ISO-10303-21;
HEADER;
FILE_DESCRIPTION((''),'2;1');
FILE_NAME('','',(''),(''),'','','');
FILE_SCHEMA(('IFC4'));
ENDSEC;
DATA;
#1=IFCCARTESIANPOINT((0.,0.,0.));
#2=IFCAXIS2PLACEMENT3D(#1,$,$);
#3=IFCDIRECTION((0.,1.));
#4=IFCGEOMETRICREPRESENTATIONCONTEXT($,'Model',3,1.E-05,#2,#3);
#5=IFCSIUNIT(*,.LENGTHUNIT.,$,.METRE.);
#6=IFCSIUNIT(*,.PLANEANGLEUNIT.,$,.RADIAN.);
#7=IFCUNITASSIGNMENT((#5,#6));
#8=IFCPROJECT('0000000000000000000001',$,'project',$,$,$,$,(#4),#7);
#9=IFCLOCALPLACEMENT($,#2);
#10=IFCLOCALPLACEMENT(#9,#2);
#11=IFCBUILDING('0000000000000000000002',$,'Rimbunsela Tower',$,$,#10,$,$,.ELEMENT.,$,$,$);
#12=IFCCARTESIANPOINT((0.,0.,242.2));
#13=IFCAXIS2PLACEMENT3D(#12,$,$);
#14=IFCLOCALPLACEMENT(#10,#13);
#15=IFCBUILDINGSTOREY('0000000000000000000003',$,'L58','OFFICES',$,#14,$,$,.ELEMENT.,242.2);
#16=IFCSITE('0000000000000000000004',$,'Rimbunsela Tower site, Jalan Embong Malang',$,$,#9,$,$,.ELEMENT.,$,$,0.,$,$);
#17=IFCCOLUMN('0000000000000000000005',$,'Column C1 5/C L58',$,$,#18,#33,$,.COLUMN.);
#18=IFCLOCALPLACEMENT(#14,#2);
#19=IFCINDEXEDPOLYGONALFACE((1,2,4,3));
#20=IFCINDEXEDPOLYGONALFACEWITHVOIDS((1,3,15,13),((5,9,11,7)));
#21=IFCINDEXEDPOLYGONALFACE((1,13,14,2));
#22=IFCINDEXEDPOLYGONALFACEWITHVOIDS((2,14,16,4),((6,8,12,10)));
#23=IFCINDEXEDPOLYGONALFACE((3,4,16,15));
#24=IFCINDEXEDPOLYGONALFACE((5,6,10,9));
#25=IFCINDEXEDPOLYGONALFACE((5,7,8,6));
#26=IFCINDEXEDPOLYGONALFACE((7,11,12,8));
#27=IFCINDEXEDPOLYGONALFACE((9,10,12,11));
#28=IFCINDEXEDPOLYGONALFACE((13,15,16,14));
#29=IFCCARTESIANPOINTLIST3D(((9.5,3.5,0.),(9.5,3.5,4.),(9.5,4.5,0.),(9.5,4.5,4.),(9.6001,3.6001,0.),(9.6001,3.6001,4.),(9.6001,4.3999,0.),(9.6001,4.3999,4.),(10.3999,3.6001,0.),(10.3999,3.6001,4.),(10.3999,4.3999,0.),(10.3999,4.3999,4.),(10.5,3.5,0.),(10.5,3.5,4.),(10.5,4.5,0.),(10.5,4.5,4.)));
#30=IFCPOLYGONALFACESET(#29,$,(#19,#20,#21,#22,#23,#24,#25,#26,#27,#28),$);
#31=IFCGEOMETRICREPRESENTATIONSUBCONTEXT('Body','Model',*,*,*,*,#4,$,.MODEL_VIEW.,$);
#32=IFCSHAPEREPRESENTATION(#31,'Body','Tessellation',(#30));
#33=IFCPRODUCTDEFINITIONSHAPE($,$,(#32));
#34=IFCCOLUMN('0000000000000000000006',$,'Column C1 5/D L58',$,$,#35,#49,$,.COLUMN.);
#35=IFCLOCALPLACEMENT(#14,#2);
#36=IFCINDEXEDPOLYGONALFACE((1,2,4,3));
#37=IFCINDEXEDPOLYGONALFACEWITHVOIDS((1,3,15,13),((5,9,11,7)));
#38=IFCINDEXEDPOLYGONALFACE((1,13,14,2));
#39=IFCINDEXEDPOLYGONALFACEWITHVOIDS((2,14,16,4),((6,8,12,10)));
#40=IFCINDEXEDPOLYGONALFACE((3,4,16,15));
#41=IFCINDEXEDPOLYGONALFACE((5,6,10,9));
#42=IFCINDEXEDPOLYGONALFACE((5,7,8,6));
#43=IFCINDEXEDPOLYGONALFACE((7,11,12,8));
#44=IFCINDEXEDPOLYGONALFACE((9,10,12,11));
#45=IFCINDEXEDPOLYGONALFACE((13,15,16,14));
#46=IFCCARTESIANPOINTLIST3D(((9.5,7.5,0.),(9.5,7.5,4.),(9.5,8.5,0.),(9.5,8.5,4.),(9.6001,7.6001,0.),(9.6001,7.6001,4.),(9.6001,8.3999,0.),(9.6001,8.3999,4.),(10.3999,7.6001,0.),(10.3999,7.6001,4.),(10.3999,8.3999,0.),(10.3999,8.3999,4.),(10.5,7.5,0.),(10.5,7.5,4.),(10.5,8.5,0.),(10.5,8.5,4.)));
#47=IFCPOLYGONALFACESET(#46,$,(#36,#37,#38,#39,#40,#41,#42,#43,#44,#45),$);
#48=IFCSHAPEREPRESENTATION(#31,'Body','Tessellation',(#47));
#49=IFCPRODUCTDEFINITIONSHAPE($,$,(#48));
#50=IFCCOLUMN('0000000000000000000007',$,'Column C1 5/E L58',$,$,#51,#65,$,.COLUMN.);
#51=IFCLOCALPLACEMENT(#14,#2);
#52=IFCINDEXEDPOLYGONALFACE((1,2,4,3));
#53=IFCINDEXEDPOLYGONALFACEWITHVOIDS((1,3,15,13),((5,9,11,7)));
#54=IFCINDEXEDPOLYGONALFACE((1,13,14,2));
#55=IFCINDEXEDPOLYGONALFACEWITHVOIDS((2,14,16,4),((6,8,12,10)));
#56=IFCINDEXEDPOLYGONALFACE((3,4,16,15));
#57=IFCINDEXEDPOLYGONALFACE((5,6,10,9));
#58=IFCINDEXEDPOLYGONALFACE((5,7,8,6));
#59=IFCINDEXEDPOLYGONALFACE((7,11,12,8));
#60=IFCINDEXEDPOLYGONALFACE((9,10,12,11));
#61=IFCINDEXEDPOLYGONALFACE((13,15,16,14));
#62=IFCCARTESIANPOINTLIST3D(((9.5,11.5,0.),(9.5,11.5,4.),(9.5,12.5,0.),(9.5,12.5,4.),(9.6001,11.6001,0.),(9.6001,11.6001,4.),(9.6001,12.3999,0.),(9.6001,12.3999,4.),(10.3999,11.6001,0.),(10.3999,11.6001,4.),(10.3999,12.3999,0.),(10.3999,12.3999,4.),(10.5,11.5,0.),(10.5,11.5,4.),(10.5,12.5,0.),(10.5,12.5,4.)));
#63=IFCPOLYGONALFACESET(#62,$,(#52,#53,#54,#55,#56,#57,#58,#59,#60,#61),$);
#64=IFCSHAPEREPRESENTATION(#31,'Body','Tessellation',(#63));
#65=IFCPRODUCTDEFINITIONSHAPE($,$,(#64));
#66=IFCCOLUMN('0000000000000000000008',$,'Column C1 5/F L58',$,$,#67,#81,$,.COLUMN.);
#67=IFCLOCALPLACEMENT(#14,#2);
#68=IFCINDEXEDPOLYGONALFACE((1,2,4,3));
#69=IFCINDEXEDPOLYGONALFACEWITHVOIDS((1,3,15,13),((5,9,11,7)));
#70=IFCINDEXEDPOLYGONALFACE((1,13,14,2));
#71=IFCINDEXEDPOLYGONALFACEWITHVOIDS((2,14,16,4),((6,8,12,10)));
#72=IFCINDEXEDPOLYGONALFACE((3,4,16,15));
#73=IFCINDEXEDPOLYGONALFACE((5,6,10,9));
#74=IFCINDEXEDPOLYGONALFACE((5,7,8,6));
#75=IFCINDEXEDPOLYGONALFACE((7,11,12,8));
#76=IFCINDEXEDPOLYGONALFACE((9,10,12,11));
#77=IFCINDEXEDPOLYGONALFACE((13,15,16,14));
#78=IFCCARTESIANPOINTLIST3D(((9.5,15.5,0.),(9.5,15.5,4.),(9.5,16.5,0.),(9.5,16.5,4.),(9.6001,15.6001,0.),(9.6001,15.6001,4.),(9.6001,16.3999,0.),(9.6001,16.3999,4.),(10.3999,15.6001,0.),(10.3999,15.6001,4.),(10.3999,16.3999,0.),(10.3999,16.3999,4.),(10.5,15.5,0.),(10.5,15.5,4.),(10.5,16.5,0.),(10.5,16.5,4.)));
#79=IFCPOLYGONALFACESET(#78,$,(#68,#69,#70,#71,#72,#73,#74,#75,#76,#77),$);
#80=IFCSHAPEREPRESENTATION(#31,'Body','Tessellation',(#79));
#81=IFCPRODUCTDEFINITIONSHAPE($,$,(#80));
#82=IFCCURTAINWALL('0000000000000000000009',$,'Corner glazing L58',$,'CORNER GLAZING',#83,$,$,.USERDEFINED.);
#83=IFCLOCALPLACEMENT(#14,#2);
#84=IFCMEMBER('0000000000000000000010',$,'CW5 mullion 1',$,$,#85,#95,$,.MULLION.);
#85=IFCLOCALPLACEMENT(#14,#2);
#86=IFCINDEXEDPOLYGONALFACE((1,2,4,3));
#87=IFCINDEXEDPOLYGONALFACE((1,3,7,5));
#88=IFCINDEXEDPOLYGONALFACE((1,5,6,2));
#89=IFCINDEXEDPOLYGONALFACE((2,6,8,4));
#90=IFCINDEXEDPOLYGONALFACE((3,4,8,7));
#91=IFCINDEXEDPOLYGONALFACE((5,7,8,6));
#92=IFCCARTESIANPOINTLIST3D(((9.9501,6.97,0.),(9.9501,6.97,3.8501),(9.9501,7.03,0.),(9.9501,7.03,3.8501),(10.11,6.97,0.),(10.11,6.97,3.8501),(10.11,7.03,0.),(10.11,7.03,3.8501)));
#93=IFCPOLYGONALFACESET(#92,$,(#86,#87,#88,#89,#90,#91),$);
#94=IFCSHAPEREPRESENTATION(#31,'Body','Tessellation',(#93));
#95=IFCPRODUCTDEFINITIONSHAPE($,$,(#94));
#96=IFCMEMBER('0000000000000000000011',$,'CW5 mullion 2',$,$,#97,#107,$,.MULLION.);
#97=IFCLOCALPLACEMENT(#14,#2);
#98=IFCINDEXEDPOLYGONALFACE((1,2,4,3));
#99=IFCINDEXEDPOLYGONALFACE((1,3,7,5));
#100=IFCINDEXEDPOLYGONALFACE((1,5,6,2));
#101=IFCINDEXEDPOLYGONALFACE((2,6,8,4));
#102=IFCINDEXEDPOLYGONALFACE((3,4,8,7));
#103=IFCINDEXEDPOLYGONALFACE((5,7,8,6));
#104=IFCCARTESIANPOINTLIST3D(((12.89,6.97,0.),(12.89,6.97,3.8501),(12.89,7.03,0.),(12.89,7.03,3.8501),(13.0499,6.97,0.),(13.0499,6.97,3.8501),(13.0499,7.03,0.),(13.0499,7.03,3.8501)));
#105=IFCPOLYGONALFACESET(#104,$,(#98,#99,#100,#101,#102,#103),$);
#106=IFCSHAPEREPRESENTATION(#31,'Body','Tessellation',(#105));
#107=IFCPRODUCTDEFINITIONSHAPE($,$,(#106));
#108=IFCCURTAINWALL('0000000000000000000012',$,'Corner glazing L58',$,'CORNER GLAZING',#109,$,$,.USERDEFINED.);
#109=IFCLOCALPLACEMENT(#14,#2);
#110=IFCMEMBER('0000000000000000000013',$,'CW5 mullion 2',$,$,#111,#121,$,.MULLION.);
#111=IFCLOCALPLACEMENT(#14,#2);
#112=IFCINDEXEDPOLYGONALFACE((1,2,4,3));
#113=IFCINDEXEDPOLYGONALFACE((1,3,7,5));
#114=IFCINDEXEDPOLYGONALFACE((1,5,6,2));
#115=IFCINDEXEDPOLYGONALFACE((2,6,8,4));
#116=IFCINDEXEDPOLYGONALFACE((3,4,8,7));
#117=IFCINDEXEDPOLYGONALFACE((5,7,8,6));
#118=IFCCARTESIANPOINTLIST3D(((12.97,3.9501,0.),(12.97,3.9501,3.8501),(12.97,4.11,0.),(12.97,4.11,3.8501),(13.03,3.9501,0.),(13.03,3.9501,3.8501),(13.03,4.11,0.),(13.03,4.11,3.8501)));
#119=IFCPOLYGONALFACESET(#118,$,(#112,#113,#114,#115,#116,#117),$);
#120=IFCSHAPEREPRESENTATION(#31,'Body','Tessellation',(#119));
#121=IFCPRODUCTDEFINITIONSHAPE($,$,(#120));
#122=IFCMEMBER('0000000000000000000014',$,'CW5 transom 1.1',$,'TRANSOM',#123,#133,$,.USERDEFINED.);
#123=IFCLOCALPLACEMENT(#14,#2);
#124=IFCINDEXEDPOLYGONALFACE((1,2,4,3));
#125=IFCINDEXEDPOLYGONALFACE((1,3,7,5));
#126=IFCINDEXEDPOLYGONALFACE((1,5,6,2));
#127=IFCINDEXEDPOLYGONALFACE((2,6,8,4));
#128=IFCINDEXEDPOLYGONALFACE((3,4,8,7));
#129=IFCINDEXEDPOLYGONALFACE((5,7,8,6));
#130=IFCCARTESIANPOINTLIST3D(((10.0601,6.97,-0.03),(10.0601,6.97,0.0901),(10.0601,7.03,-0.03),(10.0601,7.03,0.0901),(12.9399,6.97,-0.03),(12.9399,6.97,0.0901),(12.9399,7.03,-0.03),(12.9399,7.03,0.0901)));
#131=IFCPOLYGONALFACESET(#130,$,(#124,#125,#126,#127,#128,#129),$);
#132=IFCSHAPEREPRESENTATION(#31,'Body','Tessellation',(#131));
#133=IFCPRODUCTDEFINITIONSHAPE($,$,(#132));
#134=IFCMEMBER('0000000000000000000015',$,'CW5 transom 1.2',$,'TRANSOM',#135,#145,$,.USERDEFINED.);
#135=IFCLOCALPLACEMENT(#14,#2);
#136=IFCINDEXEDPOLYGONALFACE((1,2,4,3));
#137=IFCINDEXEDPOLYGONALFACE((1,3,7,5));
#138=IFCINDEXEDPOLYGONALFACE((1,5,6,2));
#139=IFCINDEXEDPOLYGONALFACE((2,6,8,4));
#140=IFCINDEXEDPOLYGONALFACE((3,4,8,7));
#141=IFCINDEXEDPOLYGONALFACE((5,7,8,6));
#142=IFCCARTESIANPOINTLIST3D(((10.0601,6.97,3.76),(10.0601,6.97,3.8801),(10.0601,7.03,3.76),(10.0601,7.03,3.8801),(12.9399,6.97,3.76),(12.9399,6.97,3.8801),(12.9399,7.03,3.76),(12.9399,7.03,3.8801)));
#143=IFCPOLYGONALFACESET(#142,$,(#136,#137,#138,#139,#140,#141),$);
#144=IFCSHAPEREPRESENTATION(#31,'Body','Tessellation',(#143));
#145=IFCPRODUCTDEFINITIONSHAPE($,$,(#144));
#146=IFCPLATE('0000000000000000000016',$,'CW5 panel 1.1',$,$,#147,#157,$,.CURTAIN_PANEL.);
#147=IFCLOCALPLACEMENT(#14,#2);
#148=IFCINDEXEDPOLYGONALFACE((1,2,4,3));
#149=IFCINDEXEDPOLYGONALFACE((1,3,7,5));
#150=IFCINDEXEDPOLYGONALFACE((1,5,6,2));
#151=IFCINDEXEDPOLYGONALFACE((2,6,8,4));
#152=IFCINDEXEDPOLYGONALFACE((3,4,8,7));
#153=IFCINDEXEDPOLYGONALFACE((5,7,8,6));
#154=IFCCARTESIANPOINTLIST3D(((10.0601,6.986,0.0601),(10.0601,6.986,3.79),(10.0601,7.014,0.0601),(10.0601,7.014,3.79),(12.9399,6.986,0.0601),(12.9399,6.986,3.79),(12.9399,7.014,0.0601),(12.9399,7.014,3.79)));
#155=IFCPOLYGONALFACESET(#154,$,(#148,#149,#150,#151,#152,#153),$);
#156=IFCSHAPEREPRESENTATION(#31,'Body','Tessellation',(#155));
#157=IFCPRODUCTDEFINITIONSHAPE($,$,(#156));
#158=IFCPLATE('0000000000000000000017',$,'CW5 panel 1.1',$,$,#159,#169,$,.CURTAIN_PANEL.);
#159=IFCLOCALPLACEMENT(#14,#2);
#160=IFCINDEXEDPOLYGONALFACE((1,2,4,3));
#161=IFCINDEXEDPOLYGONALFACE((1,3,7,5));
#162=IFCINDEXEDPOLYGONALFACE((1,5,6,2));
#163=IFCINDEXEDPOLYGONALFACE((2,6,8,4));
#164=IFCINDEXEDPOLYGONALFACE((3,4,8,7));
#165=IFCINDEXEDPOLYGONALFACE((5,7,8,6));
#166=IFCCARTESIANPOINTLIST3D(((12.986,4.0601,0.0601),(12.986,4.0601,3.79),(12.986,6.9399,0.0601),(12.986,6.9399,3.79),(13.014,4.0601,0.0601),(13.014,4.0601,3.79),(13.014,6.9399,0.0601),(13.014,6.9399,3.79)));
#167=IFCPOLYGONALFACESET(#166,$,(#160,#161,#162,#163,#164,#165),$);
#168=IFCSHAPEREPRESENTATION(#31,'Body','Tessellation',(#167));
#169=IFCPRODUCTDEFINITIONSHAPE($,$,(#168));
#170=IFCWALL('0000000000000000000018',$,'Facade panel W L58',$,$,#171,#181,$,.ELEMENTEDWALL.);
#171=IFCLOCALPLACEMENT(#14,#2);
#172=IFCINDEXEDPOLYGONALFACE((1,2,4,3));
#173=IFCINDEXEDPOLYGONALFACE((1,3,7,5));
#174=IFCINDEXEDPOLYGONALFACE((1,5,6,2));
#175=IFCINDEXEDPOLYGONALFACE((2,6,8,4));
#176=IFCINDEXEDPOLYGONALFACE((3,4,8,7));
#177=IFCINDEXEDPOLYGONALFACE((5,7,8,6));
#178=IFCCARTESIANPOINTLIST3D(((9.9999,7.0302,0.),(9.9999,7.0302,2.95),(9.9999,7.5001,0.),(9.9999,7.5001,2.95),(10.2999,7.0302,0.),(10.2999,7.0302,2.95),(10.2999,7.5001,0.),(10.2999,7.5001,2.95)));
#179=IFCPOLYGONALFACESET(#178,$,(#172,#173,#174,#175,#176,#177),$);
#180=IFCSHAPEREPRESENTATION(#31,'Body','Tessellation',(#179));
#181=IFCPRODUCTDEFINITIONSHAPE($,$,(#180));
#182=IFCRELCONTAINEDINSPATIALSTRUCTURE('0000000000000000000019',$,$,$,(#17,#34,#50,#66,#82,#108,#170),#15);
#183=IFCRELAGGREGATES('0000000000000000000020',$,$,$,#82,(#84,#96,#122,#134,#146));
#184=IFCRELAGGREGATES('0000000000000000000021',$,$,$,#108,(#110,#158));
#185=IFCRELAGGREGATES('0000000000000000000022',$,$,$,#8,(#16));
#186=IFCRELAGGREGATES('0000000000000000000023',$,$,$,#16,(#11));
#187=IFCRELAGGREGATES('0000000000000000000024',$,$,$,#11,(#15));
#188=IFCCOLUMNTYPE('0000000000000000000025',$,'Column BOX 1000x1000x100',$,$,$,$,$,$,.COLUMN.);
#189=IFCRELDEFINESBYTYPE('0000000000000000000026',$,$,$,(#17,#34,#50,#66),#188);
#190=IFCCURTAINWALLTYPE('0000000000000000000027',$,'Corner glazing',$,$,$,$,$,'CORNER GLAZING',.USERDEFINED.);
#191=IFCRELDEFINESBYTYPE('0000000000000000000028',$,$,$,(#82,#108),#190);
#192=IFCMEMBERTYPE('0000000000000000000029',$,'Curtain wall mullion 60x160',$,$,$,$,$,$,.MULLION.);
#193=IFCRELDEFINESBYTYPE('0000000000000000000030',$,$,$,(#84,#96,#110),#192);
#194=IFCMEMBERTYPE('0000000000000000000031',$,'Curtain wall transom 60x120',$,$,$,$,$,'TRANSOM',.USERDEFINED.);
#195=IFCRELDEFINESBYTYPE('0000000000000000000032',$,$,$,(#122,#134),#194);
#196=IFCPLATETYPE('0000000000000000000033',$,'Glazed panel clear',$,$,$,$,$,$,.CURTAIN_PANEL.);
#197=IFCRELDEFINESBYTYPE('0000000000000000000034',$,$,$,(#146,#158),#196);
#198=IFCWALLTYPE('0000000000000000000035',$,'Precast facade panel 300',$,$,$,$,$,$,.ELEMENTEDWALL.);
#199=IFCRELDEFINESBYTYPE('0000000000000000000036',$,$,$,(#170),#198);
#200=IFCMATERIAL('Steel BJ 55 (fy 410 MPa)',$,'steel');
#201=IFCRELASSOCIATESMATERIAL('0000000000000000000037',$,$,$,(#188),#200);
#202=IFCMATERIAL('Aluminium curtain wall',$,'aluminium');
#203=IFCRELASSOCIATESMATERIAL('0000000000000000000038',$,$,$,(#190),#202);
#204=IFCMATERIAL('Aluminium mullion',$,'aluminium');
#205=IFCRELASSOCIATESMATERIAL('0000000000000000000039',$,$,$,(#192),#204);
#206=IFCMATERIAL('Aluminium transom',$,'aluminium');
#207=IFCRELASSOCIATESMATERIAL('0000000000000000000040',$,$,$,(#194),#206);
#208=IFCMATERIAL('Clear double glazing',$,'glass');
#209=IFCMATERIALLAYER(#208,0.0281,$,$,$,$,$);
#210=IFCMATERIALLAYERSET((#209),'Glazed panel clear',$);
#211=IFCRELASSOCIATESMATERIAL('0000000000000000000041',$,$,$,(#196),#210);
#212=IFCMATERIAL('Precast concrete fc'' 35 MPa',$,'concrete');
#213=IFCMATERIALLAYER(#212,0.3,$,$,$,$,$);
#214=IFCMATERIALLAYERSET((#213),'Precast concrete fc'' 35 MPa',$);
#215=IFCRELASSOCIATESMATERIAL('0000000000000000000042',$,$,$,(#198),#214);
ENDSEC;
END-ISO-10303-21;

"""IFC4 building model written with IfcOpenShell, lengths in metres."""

from ifc_helpers import new_model, si_unit, direction, frame, frame_2d, origin, origin_2d, place, context, subcontext, project, spatial, rectangle, hollow_rectangle, extrude, material, layer, layer_set, material_profile, profile_set, type_object, element, aggregate, save


model = new_model("IFC4")

# Units and contexts
model_context = context("Model", 3, precision=1e-05, world=origin(), true_north=direction((0.0, 1.0)))
body_context = subcontext(model_context, "Body", "Model", "MODEL_VIEW")
ifc_project = project(units=[si_unit("LENGTHUNIT", "METRE"), si_unit("PLANEANGLEUNIT", "RADIAN")], contexts=[model_context])

# Site, building, storey
site_placement = place(None, origin())
site = spatial("IfcSite", under=ifc_project, at=site_placement, Name="Rimbunsela Tower site, Jalan Embong Malang", CompositionType="ELEMENT", RefElevation=0.0)
building_placement = place(site_placement, origin())
building = spatial("IfcBuilding", under=site, at=building_placement, Name="Rimbunsela Tower", CompositionType="ELEMENT")
storey_placement = place(building_placement, frame((0.0, 0.0, 242.2)))
storey = spatial("IfcBuildingStorey", under=building, at=storey_placement, Name="L58", Description="OFFICES", CompositionType="ELEMENT", Elevation=242.2)

# Columns
ifc_material_1 = material(Name="Steel BJ 55 (fy 410 MPa)", Category="steel")
ifc_material_profile_1 = material_profile(ifc_material_1, hollow_rectangle(XDim=1.0, YDim=1.0, WallThickness=0.1001, at=origin_2d()), Name="BOX 1000x1000x100")
ifc_profile_set_1 = profile_set([ifc_material_profile_1], Name="Steel BJ 55 (fy 410 MPa)")
column_type = type_object("IfcColumnType", Name="Column BOX 1000x1000x100", PredefinedType="COLUMN", material=ifc_profile_set_1)
for number, where, z_axis, x_axis, name in (
    (1, (10.0, 4.0, 0.0), (0.0, 0.0, 1.0), (1.0, 0.0, 0.0), "Column C1 5/C L58"),
    (2, (10.0, 8.0, 0.0), (0.0, 0.0, 1.0), (1.0, 0.0, 0.0), "Column C1 5/D L58"),
    (3, (10.0, 12.0, 0.0), (0.0, 0.0, 1.0), (1.0, 0.0, 0.0), "Column C1 5/E L58"),
    (4, (10.0, 16.0, 0.0), (0.0, 0.0, 1.0), (1.0, 0.0, 0.0), "Column C1 5/F L58"),
):
    element("IfcColumn", number, at=place(storey_placement, frame(where, z_axis=z_axis, x_axis=x_axis)), inside=storey, type_object=column_type, Name=name, PredefinedType="COLUMN", context=body_context, shape_type="SweptSolid", body=[
        extrude(hollow_rectangle(XDim=1.0, YDim=1.0, WallThickness=0.1001, at=origin_2d()), origin(), (0.0, 0.0, 1.0), 4.0),
    ])

# Curtain wall, members
ifc_material_2 = material(Name="Aluminium curtain wall", Category="aluminium")
curtain_wall_type = type_object("IfcCurtainWallType", Name="Corner glazing", ElementType="CORNER GLAZING", PredefinedType="USERDEFINED", material=ifc_material_2)
curtain_wall_1_placement = place(storey_placement, origin())
curtain_wall_1 = element("IfcCurtainWall", 5, at=curtain_wall_1_placement, inside=storey, type_object=curtain_wall_type, Name="Corner glazing L58", ObjectType="CORNER GLAZING", PredefinedType="USERDEFINED")
ifc_material_3 = material(Name="Aluminium mullion", Category="aluminium")
ifc_material_profile_2 = material_profile(ifc_material_3, rectangle(XDim=0.0601, YDim=0.1599, at=origin_2d()), Name="Mullion 60x160")
ifc_profile_set_2 = profile_set([ifc_material_profile_2], Name="Aluminium mullion")
member_type_1 = type_object("IfcMemberType", Name="Curtain wall mullion 60x160", PredefinedType="MULLION", material=ifc_profile_set_2)
member_1_placement = place(storey_placement, frame((10.03, 7.0, 0.0), z_axis=(0.0, 0.0, 1.0), x_axis=(0.0, 1.0, 0.0)))
member_1 = element("IfcMember", 6, at=member_1_placement, type_object=member_type_1, Name="CW5 mullion 1", PredefinedType="MULLION", context=body_context, shape_type="SweptSolid", body=[
    extrude(rectangle(XDim=0.0601, YDim=0.1599, at=origin_2d()), origin(), (0.0, 0.0, 1.0), 3.8501),
])
member_2_placement = place(storey_placement, frame((12.97, 7.0, 0.0), z_axis=(0.0, 0.0, 1.0), x_axis=(0.0, 1.0, 0.0)))
member_2 = element("IfcMember", 7, at=member_2_placement, type_object=member_type_1, Name="CW5 mullion 2", PredefinedType="MULLION", context=body_context, shape_type="SweptSolid", body=[
    extrude(rectangle(XDim=0.0601, YDim=0.1599, at=origin_2d()), origin(), (0.0, 0.0, 1.0), 3.8501),
])

# Curtain wall, member
curtain_wall_2_placement = place(storey_placement, origin())
curtain_wall_2 = element("IfcCurtainWall", 8, at=curtain_wall_2_placement, inside=storey, type_object=curtain_wall_type, Name="Corner glazing L58", ObjectType="CORNER GLAZING", PredefinedType="USERDEFINED")
member_3_placement = place(storey_placement, frame((13.0, 4.03, 0.0), z_axis=(0.0, 0.0, 1.0), x_axis=(1.0, 0.0, 0.0)))
member_3 = element("IfcMember", 9, at=member_3_placement, type_object=member_type_1, Name="CW5 mullion 2", PredefinedType="MULLION", context=body_context, shape_type="SweptSolid", body=[
    extrude(rectangle(XDim=0.0601, YDim=0.1599, at=origin_2d()), origin(), (0.0, 0.0, 1.0), 3.8501),
])

# Members
ifc_material_4 = material(Name="Aluminium transom", Category="aluminium")
ifc_material_profile_3 = material_profile(ifc_material_4, rectangle(XDim=0.0601, YDim=0.1201, at=origin_2d()), Name="Transom 60x120")
ifc_profile_set_3 = profile_set([ifc_material_profile_3], Name="Aluminium transom")
member_type_2 = type_object("IfcMemberType", Name="Curtain wall transom 60x120", ElementType="TRANSOM", PredefinedType="USERDEFINED", material=ifc_profile_set_3)
member_4_placement = place(storey_placement, frame((10.0601, 7.0, 0.03), z_axis=(1.0, 0.0, 0.0), x_axis=(0.0, 1.0, 0.0)))
member_4 = element("IfcMember", 10, at=member_4_placement, type_object=member_type_2, Name="CW5 transom 1.1", ObjectType="TRANSOM", PredefinedType="USERDEFINED", context=body_context, shape_type="SweptSolid", body=[
    extrude(rectangle(XDim=0.0601, YDim=0.1201, at=origin_2d()), origin(), (0.0, 0.0, 1.0), 2.8799),
])
member_5_placement = place(storey_placement, frame((10.0601, 7.0, 3.8201), z_axis=(1.0, 0.0, 0.0), x_axis=(0.0, 1.0, 0.0)))
member_5 = element("IfcMember", 11, at=member_5_placement, type_object=member_type_2, Name="CW5 transom 1.2", ObjectType="TRANSOM", PredefinedType="USERDEFINED", context=body_context, shape_type="SweptSolid", body=[
    extrude(rectangle(XDim=0.0601, YDim=0.1201, at=origin_2d()), origin(), (0.0, 0.0, 1.0), 2.8799),
])

# Plates
ifc_material_5 = material(Name="Clear double glazing", Category="glass")
ifc_layer_1 = layer(ifc_material_5, 0.0281)
ifc_layer_set_1 = layer_set([ifc_layer_1], Name="Glazed panel clear")
plate_type = type_object("IfcPlateType", Name="Glazed panel clear", PredefinedType="CURTAIN_PANEL", material=ifc_layer_set_1)
plate_1_placement = place(storey_placement, frame((11.5, 7.0, 0.0601), z_axis=(0.0, 0.0, 1.0), x_axis=(1.0, 0.0, 0.0)))
plate_1 = element("IfcPlate", 12, at=plate_1_placement, type_object=plate_type, Name="CW5 panel 1.1", PredefinedType="CURTAIN_PANEL", context=body_context, shape_type="SweptSolid", body=[
    extrude(rectangle(XDim=2.8799, YDim=0.0281, at=origin_2d()), origin(), (0.0, 0.0, 1.0), 3.73),
])
aggregate(curtain_wall_1, [member_1, member_2, member_4, member_5, plate_1])
plate_2_placement = place(storey_placement, frame((13.0, 5.5, 0.0601), z_axis=(0.0, 0.0, 1.0), x_axis=(0.0, -1.0, 0.0)))
plate_2 = element("IfcPlate", 13, at=plate_2_placement, type_object=plate_type, Name="CW5 panel 1.1", PredefinedType="CURTAIN_PANEL", context=body_context, shape_type="SweptSolid", body=[
    extrude(rectangle(XDim=2.8799, YDim=0.0281, at=origin_2d()), origin(), (0.0, 0.0, 1.0), 3.73),
])
aggregate(curtain_wall_2, [member_3, plate_2])

# Wall
ifc_material_6 = material(Name="Precast concrete fc' 35 MPa", Category="concrete")
ifc_layer_2 = layer(ifc_material_6, 0.3)
ifc_layer_set_2 = layer_set([ifc_layer_2], Name="Precast concrete fc' 35 MPa")
wall_type = type_object("IfcWallType", Name="Precast facade panel 300", PredefinedType="ELEMENTEDWALL", material=ifc_layer_set_2)
wall_1_placement = place(storey_placement, frame((10.1499, 7.5, 0.0), z_axis=(0.0, 0.0, 1.0), x_axis=(0.0, -1.0, 0.0)))
element("IfcWall", 14, at=wall_1_placement, inside=storey, type_object=wall_type, Name="Facade panel W L58", PredefinedType="ELEMENTEDWALL", context=body_context, shape_type="SweptSolid", body=[
    extrude(rectangle(XDim=0.47, YDim=0.3, at=frame_2d((0.2349, 0.0))), origin(), (0.0, 0.0, 1.0), 2.95),
])

save(model, "model.ifc")
